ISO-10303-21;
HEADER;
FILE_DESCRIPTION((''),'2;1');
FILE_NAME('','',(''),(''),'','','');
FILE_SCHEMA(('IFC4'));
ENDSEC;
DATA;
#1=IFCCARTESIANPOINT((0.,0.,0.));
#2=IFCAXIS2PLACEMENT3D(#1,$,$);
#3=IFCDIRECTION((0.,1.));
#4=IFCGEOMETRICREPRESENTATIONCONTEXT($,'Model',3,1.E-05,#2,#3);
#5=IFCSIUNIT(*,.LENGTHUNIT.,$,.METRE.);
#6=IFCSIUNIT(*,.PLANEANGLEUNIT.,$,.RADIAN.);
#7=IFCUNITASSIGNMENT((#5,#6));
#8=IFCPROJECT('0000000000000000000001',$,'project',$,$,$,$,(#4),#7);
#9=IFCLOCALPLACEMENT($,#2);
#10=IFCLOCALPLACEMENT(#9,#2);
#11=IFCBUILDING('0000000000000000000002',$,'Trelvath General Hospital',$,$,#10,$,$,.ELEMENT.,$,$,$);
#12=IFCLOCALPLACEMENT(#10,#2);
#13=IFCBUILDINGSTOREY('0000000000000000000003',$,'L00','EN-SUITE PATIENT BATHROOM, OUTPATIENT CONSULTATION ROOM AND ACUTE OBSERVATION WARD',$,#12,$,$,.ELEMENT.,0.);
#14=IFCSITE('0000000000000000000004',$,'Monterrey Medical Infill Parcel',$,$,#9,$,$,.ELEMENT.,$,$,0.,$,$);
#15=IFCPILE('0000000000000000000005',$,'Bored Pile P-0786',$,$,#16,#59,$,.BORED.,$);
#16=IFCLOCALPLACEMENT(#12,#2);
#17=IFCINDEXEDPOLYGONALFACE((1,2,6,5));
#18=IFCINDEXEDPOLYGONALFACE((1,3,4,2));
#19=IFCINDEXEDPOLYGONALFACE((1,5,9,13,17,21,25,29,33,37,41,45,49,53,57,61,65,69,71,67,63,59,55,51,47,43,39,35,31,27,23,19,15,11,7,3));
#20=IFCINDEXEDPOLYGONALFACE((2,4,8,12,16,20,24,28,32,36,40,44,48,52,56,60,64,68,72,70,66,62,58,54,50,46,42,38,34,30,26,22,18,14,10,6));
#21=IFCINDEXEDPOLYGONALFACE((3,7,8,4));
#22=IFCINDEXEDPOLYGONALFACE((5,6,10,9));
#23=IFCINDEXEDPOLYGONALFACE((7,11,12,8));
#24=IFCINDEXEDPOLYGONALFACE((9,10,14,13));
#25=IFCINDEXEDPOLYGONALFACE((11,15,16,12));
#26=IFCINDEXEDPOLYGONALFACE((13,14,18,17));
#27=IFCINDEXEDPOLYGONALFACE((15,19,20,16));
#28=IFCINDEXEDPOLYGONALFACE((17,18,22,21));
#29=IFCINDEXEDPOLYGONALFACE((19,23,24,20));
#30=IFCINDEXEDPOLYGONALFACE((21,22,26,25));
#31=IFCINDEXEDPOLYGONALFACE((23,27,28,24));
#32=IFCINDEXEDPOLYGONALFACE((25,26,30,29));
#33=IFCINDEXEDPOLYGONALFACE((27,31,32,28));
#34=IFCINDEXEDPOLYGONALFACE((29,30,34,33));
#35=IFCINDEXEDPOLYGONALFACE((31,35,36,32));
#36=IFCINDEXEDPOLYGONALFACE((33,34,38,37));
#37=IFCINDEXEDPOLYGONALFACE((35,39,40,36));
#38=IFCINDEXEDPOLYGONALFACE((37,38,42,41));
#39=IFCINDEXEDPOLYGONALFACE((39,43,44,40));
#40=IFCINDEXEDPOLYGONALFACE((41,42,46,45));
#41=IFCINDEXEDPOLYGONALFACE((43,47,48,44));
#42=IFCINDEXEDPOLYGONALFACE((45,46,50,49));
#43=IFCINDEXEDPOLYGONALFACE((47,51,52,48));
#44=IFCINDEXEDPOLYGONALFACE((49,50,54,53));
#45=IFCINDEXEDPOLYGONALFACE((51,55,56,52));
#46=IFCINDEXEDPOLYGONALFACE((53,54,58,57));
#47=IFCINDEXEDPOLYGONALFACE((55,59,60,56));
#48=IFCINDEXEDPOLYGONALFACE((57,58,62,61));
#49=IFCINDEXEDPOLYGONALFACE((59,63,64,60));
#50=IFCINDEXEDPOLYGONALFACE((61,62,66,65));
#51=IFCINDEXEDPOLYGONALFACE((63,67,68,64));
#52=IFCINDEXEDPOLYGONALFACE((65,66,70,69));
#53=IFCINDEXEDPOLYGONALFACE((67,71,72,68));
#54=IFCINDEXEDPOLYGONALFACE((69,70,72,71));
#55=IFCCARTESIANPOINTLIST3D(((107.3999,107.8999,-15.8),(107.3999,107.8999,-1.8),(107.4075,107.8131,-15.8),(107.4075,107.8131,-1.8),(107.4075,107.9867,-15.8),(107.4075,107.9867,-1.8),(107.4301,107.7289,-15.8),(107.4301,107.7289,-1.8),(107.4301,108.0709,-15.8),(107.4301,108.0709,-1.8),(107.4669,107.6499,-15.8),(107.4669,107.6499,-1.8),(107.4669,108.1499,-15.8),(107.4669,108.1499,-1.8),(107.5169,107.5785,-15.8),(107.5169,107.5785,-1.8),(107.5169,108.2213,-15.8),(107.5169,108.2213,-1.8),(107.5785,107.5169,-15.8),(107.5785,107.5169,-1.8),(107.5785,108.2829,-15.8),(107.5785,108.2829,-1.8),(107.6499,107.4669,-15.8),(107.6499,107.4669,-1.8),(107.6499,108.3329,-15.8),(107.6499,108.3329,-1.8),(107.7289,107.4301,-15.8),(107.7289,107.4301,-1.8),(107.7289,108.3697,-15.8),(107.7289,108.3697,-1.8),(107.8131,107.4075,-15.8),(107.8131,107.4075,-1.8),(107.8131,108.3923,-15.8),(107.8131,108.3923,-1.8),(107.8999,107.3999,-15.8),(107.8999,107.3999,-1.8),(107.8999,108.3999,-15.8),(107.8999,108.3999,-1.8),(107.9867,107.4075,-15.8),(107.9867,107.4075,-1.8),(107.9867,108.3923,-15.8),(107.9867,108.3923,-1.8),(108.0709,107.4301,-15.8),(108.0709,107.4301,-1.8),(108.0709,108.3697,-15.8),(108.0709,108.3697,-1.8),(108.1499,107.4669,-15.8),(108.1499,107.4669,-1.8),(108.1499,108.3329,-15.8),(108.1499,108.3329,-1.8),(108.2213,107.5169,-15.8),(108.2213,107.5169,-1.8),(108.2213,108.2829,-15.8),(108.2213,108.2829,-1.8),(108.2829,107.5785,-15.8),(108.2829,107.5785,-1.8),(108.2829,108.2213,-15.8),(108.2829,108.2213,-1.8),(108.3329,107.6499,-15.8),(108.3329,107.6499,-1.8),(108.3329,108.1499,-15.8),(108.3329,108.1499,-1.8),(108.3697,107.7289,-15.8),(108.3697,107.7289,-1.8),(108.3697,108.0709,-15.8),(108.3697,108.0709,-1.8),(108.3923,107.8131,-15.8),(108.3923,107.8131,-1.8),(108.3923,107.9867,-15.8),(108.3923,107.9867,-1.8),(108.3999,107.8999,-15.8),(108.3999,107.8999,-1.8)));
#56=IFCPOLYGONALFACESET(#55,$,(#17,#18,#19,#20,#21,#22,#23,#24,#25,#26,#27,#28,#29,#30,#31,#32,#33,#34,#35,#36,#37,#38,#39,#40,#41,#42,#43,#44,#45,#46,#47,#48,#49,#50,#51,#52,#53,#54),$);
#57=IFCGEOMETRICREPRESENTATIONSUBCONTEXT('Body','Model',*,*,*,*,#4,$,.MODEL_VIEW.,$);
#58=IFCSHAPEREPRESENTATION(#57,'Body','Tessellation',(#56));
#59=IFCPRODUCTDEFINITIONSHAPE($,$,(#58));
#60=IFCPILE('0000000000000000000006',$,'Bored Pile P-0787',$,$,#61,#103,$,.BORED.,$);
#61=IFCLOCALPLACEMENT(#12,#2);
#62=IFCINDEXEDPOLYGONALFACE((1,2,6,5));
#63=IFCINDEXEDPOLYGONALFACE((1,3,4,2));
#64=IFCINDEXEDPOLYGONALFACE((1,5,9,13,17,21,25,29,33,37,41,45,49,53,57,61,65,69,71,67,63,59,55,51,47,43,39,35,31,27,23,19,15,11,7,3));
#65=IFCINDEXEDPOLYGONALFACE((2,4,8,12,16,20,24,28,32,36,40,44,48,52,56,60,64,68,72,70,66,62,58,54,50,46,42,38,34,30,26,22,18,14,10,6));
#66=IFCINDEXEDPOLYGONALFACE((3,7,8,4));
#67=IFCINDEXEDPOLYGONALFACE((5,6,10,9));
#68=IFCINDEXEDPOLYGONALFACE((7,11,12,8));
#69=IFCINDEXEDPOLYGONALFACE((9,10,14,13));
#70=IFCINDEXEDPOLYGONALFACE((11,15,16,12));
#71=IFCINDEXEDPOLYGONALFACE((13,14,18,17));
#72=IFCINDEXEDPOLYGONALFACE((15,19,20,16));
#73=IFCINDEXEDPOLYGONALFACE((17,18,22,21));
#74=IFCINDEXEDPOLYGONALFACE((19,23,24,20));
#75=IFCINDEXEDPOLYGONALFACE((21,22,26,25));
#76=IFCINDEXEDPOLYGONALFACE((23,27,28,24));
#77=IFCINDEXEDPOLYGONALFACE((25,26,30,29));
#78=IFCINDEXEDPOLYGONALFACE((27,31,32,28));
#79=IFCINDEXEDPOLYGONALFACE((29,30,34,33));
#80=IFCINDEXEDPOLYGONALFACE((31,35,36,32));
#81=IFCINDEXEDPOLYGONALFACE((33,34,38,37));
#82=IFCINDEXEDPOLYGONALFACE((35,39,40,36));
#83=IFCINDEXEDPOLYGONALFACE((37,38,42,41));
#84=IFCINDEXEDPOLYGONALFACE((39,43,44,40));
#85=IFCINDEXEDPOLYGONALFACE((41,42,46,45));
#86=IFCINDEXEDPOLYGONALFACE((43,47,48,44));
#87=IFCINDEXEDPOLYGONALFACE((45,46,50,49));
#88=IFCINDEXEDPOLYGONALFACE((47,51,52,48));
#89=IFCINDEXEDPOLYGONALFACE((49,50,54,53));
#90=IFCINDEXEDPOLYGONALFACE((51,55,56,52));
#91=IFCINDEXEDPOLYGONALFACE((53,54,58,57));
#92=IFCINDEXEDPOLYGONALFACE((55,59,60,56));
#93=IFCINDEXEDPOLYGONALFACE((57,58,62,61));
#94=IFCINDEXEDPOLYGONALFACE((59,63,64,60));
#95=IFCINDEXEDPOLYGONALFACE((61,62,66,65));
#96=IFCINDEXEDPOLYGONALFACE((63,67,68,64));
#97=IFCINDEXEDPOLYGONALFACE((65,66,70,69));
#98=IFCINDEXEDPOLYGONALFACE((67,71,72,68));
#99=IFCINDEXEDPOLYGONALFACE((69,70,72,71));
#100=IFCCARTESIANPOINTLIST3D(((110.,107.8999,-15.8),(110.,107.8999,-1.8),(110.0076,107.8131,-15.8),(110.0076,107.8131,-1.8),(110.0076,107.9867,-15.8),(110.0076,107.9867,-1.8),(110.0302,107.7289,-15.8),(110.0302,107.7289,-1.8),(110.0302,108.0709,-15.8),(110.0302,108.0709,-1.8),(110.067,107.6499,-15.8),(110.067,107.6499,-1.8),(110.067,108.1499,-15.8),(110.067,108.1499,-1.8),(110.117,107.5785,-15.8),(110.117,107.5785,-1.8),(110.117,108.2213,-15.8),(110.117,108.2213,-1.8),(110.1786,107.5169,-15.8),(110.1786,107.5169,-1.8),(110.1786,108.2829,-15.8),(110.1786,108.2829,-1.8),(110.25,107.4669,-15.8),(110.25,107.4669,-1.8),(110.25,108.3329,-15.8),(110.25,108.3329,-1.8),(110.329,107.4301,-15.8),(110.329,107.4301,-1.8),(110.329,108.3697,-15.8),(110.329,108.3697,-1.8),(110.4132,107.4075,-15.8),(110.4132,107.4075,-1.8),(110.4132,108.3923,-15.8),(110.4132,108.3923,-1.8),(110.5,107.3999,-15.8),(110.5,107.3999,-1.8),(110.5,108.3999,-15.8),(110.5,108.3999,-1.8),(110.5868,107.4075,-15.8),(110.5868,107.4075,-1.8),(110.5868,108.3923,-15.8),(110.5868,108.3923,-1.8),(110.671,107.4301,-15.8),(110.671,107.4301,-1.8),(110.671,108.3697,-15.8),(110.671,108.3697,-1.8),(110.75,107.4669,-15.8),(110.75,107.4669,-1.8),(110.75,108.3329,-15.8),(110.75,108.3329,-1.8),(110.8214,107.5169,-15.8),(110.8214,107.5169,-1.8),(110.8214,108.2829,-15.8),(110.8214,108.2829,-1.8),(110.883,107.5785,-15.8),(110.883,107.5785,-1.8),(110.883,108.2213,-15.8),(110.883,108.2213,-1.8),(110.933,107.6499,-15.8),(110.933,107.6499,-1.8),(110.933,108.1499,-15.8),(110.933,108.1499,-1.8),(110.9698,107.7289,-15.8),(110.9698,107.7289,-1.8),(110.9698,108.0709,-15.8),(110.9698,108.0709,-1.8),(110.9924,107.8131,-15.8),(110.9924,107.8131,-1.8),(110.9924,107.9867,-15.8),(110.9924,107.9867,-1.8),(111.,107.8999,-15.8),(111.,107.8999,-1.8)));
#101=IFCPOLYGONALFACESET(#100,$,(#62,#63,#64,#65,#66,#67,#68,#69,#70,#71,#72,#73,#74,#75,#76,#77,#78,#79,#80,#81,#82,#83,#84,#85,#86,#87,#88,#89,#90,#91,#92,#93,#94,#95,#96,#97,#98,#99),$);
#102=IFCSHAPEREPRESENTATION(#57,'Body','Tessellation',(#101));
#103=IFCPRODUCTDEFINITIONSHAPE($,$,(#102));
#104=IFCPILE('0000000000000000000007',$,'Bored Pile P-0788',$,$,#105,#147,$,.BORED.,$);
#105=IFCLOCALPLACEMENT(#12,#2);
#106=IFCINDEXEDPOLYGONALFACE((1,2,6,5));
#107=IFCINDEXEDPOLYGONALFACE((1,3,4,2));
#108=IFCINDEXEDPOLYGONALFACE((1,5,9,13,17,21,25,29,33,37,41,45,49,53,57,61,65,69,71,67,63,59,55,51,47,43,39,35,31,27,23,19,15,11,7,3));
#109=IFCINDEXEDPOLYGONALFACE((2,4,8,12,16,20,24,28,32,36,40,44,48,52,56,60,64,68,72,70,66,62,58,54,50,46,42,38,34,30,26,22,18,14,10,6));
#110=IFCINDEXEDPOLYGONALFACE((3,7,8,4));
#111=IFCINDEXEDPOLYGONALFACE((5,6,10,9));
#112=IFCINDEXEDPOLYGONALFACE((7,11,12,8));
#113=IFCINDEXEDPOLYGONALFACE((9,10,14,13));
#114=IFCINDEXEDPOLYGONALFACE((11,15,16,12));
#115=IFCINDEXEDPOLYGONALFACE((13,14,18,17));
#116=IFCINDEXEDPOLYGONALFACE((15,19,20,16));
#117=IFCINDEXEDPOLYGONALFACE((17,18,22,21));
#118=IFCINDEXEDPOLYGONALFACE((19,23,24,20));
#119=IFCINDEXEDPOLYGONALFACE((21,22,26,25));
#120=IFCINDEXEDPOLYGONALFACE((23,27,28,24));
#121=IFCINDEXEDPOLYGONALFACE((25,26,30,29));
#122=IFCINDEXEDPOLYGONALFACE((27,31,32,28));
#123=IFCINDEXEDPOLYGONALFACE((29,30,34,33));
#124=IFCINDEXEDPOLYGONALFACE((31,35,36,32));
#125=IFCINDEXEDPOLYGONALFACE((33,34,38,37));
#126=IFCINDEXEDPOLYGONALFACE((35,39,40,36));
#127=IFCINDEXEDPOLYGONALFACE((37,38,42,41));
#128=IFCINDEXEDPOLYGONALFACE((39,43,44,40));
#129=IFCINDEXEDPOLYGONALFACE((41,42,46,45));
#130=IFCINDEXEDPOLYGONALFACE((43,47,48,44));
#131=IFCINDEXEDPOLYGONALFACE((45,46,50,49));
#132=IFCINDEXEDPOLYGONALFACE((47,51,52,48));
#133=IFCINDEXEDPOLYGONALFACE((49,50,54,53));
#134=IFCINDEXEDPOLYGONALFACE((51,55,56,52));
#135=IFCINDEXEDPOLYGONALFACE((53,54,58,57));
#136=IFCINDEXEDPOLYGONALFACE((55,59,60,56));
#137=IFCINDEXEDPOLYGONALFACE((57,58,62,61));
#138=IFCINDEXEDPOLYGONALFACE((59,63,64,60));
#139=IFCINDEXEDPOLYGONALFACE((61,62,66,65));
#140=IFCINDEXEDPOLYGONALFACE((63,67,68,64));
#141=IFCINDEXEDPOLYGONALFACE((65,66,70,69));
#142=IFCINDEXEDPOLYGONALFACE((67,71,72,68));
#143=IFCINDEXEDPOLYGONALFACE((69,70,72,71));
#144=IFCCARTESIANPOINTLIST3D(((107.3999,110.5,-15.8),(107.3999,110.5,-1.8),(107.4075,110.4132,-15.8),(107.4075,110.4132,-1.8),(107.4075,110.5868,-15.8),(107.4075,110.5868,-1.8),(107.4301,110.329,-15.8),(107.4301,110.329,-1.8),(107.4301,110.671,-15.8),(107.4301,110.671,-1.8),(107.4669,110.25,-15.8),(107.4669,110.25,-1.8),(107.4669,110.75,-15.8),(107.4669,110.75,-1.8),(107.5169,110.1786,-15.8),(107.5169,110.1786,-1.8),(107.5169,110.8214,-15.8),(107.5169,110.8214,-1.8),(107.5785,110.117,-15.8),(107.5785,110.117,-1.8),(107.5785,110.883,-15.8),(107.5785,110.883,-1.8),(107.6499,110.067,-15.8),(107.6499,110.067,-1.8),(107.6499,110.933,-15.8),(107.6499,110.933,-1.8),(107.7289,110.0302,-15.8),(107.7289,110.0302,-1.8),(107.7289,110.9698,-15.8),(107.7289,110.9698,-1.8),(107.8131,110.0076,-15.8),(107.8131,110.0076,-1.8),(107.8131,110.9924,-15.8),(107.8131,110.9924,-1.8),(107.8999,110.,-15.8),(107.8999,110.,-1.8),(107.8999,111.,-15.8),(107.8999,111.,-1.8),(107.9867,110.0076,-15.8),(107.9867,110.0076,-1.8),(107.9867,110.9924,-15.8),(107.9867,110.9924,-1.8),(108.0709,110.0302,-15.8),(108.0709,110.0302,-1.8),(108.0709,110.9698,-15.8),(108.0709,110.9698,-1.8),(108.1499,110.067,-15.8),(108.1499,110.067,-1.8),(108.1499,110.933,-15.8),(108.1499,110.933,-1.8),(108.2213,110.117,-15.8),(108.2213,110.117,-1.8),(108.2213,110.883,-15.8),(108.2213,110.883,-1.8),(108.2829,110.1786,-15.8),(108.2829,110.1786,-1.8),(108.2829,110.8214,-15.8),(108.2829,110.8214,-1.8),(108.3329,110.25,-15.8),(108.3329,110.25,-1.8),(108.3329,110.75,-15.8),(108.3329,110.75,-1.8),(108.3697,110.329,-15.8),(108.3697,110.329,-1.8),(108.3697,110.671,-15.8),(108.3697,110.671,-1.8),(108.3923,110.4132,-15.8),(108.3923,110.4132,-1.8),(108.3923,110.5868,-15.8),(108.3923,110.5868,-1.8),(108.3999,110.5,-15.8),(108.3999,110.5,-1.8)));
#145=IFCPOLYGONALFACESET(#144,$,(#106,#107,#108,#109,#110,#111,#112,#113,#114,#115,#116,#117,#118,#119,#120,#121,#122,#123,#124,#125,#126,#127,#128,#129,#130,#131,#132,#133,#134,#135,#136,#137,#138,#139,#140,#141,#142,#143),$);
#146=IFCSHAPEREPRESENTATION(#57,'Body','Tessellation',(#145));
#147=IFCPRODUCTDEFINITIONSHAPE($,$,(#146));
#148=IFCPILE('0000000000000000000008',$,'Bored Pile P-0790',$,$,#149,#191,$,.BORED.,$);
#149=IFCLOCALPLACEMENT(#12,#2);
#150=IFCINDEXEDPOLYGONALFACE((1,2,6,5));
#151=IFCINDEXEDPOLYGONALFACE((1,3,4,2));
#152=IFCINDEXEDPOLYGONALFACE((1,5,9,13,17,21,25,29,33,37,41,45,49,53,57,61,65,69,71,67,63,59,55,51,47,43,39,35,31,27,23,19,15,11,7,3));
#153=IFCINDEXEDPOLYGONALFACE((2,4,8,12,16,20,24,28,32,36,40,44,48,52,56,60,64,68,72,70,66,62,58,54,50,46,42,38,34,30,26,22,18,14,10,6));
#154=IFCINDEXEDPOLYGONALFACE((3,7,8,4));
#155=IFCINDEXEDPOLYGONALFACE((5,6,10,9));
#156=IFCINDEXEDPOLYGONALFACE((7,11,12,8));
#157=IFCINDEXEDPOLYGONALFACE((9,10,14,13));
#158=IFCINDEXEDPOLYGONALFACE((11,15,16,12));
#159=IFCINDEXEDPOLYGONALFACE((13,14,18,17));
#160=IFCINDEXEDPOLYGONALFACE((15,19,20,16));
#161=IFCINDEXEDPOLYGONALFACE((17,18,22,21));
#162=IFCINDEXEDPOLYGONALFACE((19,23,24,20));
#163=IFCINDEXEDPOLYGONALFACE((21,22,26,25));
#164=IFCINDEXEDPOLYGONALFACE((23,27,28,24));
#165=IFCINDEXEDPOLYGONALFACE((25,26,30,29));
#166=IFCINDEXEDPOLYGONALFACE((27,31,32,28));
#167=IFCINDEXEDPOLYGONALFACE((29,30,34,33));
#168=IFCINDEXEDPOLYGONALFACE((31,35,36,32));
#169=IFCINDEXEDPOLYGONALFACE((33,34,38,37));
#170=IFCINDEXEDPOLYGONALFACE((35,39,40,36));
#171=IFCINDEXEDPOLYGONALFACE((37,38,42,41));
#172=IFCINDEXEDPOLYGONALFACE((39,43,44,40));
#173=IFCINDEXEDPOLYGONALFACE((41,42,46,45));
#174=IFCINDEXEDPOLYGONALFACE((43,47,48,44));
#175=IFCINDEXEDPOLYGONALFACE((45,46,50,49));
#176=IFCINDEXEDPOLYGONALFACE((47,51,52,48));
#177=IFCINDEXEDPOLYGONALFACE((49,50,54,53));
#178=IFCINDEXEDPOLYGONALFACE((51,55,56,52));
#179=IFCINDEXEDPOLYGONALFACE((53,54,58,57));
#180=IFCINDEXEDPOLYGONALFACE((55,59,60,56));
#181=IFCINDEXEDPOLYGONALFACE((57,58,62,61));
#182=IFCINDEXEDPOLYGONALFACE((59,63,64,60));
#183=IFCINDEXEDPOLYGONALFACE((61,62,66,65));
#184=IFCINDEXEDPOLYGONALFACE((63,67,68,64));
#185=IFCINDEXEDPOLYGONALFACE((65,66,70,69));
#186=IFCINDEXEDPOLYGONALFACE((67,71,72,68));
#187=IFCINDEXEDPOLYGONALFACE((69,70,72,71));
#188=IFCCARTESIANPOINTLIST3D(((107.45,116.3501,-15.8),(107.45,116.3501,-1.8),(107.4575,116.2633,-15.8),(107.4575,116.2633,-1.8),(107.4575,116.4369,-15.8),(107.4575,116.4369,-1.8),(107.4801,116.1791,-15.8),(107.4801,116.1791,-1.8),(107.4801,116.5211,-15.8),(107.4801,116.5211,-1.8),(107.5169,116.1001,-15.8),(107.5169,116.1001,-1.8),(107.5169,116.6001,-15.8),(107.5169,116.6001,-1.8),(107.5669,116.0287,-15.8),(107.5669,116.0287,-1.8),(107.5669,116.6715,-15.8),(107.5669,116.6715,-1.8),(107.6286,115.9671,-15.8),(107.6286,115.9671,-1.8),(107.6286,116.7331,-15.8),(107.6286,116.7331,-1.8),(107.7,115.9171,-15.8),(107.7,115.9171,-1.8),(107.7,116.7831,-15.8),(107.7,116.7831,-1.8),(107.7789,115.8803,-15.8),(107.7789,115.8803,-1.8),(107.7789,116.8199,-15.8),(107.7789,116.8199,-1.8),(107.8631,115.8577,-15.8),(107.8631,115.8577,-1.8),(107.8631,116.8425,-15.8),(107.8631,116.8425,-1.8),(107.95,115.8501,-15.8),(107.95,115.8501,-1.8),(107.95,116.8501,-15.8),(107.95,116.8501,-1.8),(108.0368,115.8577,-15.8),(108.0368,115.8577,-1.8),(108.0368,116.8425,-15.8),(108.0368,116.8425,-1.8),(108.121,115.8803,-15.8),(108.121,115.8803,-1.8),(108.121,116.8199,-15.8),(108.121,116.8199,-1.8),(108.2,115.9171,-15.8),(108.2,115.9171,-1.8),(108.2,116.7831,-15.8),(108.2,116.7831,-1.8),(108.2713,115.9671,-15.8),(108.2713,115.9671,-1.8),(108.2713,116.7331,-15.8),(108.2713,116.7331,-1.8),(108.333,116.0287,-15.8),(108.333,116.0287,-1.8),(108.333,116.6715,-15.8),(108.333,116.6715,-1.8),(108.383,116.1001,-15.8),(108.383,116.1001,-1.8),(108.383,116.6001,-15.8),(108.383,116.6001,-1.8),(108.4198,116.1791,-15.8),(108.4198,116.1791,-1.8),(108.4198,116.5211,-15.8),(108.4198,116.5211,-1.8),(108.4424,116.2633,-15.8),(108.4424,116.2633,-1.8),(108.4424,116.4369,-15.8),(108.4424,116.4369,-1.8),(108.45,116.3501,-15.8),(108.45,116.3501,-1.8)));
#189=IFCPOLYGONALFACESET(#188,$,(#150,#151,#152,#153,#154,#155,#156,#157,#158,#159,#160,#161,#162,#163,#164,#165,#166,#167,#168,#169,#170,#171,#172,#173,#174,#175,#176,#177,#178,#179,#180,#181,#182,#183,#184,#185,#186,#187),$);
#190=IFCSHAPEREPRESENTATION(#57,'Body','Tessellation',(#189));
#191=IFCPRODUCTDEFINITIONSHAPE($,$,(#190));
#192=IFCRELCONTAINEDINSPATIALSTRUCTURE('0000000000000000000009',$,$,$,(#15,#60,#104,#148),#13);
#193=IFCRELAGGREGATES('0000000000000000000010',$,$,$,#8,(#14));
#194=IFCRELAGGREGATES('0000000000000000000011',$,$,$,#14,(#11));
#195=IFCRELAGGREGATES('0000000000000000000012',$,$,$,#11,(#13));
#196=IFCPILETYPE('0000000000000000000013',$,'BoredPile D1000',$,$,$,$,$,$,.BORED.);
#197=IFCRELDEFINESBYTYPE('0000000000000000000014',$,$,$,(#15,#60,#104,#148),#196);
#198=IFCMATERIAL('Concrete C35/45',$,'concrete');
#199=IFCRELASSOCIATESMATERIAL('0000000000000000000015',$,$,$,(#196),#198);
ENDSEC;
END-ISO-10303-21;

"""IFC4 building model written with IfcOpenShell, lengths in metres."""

from ifc_helpers import new_model, si_unit, direction, frame, origin, origin_2d, place, context, subcontext, project, spatial, circle, extrude, material, material_profile, profile_set, type_object, element, save


model = new_model("IFC4")

# Units and contexts
model_context = context("Model", 3, precision=1e-05, world=origin(), true_north=direction((0.0, 1.0)))
body_context = subcontext(model_context, "Body", "Model", "MODEL_VIEW")
ifc_project = project(units=[si_unit("LENGTHUNIT", "METRE"), si_unit("PLANEANGLEUNIT", "RADIAN")], contexts=[model_context])

# Site, building, storey
site_placement = place(None, origin())
site = spatial("IfcSite", under=ifc_project, at=site_placement, Name="Monterrey Medical Infill Parcel", CompositionType="ELEMENT", RefElevation=0.0)
building_placement = place(site_placement, origin())
building = spatial("IfcBuilding", under=site, at=building_placement, Name="Trelvath General Hospital", CompositionType="ELEMENT")
storey_placement = place(building_placement, origin())
storey = spatial("IfcBuildingStorey", under=building, at=storey_placement, Name="L00", Description="EN-SUITE PATIENT BATHROOM, OUTPATIENT CONSULTATION ROOM AND ACUTE OBSERVATION WARD", CompositionType="ELEMENT", Elevation=0.0)

# Piles
ifc_material_1 = material(Name="Concrete C35/45", Category="concrete")
ifc_material_profile_1 = material_profile(ifc_material_1, circle(Radius=0.5, at=origin_2d()), Name="PILE1000")
ifc_profile_set_1 = profile_set([ifc_material_profile_1], Name="Concrete C35/45")
pile_type_1 = type_object("IfcPileType", Name="BoredPile D1000", PredefinedType="BORED", material=ifc_profile_set_1)
for number, where, z_axis, x_axis, name in (
    (1, (107.8999, 107.8999, -1.8), (0.0, 0.0, -1.0), (1.0, 0.0, 0.0), "Bored Pile P-0786"),
    (2, (110.5, 107.8999, -1.8), (0.0, 0.0, -1.0), (1.0, 0.0, 0.0), "Bored Pile P-0787"),
    (3, (107.8999, 110.5, -1.8), (0.0, 0.0, -1.0), (1.0, 0.0, 0.0), "Bored Pile P-0788"),
    (4, (107.95, 116.3501, -1.8), (0.0, 0.0, -1.0), (1.0, 0.0, 0.0), "Bored Pile P-0790"),
):
    element("IfcPile", number, at=place(storey_placement, frame(where, z_axis=z_axis, x_axis=x_axis)), inside=storey, type_object=pile_type_1, Name=name, PredefinedType="BORED", context=body_context, shape_type="SweptSolid", body=[
        extrude(circle(Radius=0.5, at=origin_2d()), origin(), (0.0, 0.0, 1.0), 14.0),
    ])

save(model, "model.ifc")
